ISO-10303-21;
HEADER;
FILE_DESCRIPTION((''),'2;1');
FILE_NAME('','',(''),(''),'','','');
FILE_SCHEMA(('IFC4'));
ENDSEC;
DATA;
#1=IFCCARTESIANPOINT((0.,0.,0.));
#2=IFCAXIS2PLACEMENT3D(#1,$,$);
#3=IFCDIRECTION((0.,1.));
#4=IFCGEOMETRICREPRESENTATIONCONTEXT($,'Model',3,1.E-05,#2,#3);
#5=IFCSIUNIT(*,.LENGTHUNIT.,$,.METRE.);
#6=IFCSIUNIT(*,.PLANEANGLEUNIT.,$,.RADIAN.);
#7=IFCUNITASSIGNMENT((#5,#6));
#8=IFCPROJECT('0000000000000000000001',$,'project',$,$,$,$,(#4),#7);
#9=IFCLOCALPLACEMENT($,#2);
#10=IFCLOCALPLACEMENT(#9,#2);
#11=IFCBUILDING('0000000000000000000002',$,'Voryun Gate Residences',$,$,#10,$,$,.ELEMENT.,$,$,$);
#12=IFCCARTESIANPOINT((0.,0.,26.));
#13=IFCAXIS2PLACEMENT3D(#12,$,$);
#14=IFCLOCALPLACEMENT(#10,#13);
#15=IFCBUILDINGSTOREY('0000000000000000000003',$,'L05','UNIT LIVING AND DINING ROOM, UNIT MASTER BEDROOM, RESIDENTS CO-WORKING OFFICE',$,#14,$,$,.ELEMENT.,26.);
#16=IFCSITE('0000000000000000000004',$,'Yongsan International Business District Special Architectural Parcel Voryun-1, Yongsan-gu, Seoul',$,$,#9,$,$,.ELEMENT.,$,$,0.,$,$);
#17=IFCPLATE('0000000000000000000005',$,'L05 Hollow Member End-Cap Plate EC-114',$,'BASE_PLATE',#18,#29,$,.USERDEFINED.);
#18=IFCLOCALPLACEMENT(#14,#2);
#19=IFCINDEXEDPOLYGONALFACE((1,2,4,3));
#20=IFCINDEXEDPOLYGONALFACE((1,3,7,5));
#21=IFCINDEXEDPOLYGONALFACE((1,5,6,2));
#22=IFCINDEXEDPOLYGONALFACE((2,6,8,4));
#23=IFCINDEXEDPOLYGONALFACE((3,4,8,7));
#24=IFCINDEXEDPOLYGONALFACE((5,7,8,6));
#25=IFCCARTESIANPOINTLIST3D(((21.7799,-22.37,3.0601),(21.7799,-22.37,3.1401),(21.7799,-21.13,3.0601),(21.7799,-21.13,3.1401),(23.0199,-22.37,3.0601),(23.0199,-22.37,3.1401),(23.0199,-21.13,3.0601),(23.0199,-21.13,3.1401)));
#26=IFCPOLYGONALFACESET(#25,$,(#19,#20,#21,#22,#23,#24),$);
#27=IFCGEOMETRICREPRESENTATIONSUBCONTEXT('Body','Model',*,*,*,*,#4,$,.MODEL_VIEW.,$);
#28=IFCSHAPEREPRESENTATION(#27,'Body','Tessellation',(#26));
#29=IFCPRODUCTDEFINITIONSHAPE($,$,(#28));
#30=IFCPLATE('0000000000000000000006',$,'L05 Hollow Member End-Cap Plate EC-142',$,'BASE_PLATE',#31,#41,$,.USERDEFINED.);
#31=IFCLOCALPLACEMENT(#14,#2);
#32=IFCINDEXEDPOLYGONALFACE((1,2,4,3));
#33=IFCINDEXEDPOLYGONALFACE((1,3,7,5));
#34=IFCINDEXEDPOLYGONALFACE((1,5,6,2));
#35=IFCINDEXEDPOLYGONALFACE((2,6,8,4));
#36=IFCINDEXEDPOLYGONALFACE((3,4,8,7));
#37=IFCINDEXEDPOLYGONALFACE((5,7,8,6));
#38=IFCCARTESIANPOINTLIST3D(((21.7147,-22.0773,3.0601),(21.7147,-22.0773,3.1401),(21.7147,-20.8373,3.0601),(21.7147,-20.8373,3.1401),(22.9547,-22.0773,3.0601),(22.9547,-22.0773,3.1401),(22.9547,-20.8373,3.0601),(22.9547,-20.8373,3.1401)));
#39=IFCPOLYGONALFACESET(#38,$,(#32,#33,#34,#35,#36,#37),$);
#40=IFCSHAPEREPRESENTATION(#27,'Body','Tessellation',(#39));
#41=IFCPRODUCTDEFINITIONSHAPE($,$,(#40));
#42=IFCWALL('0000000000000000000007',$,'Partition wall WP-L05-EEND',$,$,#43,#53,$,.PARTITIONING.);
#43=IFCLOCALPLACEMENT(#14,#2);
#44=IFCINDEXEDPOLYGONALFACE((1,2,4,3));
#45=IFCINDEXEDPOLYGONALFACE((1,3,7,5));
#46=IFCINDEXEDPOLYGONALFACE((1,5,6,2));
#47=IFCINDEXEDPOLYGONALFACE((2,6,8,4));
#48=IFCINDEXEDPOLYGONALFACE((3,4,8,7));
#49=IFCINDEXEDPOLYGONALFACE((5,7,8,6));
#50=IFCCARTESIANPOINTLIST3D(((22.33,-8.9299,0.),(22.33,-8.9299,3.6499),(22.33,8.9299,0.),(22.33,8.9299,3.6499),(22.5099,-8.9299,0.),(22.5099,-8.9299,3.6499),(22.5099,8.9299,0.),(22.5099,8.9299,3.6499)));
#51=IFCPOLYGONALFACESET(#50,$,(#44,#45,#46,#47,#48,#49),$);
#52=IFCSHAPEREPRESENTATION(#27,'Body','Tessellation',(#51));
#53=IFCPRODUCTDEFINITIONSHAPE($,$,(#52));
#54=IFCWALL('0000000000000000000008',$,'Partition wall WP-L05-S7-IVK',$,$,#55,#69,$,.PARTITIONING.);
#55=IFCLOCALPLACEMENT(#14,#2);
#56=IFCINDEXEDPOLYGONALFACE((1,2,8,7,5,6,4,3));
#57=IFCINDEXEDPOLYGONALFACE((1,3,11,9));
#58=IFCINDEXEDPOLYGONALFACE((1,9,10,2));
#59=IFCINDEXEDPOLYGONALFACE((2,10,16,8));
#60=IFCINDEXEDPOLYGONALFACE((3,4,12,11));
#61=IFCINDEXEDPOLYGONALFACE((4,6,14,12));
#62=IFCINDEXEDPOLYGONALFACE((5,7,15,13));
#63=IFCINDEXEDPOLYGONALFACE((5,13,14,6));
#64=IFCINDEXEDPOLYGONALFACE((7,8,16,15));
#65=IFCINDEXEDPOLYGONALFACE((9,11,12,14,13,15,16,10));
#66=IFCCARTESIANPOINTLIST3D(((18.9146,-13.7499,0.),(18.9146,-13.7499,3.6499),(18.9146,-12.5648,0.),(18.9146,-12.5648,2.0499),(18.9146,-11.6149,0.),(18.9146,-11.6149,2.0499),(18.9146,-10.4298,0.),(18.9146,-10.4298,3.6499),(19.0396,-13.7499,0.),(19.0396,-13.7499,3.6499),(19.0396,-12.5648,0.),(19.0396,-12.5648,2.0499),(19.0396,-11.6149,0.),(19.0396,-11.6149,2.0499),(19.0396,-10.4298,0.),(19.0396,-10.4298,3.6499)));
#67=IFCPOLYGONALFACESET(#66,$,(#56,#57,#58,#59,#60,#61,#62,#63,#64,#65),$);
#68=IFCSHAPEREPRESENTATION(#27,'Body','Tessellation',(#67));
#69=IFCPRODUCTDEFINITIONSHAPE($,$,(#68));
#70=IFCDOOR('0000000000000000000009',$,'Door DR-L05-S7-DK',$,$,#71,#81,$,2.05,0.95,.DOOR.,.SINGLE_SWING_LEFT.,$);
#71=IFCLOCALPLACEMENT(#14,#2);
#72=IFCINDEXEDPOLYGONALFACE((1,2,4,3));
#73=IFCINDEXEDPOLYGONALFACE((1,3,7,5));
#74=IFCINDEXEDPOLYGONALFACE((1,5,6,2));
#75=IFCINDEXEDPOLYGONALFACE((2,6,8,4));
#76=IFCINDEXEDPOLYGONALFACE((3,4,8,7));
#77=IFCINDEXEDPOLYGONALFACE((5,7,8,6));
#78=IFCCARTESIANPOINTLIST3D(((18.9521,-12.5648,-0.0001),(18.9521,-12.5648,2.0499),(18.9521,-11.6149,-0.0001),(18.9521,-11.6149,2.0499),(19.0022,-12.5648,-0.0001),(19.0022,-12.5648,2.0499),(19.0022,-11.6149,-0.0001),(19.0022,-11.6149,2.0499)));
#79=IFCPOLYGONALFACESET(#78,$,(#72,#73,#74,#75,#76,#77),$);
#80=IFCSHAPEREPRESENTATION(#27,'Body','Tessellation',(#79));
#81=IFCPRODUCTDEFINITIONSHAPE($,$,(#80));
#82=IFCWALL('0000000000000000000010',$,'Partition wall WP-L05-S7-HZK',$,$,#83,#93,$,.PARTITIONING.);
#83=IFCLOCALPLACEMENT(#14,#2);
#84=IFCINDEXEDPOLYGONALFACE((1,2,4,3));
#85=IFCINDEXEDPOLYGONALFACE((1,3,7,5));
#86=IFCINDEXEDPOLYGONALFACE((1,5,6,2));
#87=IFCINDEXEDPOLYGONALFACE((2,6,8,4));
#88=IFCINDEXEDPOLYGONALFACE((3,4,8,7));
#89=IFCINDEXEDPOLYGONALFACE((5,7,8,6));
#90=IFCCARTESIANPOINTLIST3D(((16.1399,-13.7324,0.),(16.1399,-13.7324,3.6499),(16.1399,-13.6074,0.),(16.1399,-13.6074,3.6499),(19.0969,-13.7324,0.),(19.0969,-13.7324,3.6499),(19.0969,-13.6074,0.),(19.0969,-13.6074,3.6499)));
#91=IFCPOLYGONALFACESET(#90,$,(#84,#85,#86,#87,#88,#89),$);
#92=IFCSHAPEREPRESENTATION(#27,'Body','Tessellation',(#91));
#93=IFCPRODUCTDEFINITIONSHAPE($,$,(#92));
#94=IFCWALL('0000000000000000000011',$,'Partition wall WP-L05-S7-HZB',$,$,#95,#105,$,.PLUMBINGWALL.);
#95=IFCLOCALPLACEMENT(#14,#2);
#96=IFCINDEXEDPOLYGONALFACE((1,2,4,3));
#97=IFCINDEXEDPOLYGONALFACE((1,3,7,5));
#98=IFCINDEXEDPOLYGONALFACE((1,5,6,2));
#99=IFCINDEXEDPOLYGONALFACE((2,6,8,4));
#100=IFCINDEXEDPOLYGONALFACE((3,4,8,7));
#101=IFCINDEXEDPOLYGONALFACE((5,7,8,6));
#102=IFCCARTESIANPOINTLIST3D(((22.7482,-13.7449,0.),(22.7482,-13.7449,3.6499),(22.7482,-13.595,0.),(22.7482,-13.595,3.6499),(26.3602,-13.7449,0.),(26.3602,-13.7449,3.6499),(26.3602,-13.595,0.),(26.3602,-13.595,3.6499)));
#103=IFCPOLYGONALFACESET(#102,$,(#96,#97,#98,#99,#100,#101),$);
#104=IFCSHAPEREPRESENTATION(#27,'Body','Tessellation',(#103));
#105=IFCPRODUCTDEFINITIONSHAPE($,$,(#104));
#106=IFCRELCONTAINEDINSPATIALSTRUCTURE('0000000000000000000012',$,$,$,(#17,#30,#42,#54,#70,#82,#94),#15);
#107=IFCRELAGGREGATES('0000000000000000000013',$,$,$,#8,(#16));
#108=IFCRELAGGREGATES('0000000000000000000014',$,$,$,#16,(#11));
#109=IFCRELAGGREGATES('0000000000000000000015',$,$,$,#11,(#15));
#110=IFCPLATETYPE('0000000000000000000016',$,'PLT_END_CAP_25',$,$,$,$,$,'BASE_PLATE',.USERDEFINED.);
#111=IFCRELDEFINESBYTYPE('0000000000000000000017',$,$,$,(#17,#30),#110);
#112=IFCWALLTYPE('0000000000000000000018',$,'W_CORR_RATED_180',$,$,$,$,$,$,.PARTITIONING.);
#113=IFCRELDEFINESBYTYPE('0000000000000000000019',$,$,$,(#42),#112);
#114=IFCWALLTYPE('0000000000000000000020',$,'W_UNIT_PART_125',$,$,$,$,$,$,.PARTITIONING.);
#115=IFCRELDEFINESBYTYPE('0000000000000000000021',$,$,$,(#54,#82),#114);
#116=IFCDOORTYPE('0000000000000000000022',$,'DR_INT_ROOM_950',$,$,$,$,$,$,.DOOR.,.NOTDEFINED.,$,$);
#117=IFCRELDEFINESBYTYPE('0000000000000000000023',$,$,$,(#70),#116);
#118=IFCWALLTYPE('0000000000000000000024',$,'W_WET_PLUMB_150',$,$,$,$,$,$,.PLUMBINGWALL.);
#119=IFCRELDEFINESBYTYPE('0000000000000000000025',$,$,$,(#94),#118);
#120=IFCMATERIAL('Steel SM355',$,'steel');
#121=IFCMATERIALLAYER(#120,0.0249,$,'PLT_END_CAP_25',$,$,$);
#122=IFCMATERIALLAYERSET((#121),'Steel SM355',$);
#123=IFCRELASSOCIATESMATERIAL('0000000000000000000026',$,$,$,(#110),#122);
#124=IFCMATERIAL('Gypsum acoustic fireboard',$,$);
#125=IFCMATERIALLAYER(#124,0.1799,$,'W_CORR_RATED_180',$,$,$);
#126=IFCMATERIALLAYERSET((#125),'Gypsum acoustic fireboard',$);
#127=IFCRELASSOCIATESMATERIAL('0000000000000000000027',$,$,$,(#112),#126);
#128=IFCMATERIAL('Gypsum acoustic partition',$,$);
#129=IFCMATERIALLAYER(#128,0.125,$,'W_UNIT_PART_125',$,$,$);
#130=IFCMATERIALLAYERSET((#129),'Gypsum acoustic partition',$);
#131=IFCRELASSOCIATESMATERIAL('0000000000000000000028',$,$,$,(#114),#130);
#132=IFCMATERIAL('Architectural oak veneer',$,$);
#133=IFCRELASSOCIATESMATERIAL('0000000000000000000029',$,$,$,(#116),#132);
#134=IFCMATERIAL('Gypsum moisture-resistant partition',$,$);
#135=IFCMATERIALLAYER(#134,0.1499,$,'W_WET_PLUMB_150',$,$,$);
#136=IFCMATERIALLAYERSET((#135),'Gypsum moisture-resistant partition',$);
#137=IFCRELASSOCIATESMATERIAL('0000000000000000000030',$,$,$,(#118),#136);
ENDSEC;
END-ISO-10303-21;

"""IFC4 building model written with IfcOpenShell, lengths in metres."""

from ifc_helpers import new_model, si_unit, direction, frame, frame_2d, origin, origin_2d, place, context, subcontext, project, spatial, rectangle, extrude, material, layer, layer_set, type_object, element, fill, save


model = new_model("IFC4")

# Units and contexts
model_context = context("Model", 3, precision=1e-05, world=origin(), true_north=direction((0.0, 1.0)))
body_context = subcontext(model_context, "Body", "Model", "MODEL_VIEW")
ifc_project = project(units=[si_unit("LENGTHUNIT", "METRE"), si_unit("PLANEANGLEUNIT", "RADIAN")], contexts=[model_context])

# Site, building, storey
site_placement = place(None, origin())
site = spatial("IfcSite", under=ifc_project, at=site_placement, Name="Yongsan International Business District Special Architectural Parcel Voryun-1, Yongsan-gu, Seoul", CompositionType="ELEMENT", RefElevation=0.0)
building_placement = place(site_placement, origin())
building = spatial("IfcBuilding", under=site, at=building_placement, Name="Voryun Gate Residences", CompositionType="ELEMENT")
storey_placement = place(building_placement, frame((0.0, 0.0, 26.0)))
storey = spatial("IfcBuildingStorey", under=building, at=storey_placement, Name="L05", Description="UNIT LIVING AND DINING ROOM, UNIT MASTER BEDROOM, RESIDENTS CO-WORKING OFFICE", CompositionType="ELEMENT", Elevation=26.0)

# Plates
ifc_material_1 = material(Name="Steel SM355", Category="steel")
ifc_layer_1 = layer(ifc_material_1, 0.0249, Name="PLT_END_CAP_25")
ifc_layer_set_1 = layer_set([ifc_layer_1], Name="Steel SM355")
plate_type = type_object("IfcPlateType", Name="PLT_END_CAP_25", ElementType="BASE_PLATE", PredefinedType="USERDEFINED", material=ifc_layer_set_1)
for number, where, z_axis, x_axis, name in (
    (1, (22.3999, -21.75, 3.0601), (0.0, 0.0, 1.0), (1.0, 0.0, 0.0), "L05 Hollow Member End-Cap Plate EC-114"),
    (2, (22.3347, -21.4573, 3.0601), (0.0, 0.0, 1.0), (1.0, 0.0, 0.0), "L05 Hollow Member End-Cap Plate EC-142"),
):
    element("IfcPlate", number, at=place(storey_placement, frame(where, z_axis=z_axis, x_axis=x_axis)), inside=storey, type_object=plate_type, Name=name, ObjectType="BASE_PLATE", PredefinedType="USERDEFINED", context=body_context, shape_type="SweptSolid", body=[
        extrude(rectangle(XDim=1.24, YDim=1.24, at=origin_2d()), origin(), (0.0, 0.0, 1.0), 0.0801),
    ])

# Wall
ifc_material_2 = material(Name="Gypsum acoustic fireboard")
ifc_layer_2 = layer(ifc_material_2, 0.1799, Name="W_CORR_RATED_180")
ifc_layer_set_2 = layer_set([ifc_layer_2], Name="Gypsum acoustic fireboard")
wall_type_1 = type_object("IfcWallType", Name="W_CORR_RATED_180", PredefinedType="PARTITIONING", material=ifc_layer_set_2)
wall_1_placement = place(storey_placement, frame((22.4199, -8.9299, 0.0), z_axis=(0.0, 0.0, 1.0), x_axis=(0.0, 1.0, 0.0)))
element("IfcWall", 3, at=wall_1_placement, inside=storey, type_object=wall_type_1, Name="Partition wall WP-L05-EEND", PredefinedType="PARTITIONING", context=body_context, shape_type="SweptSolid", body=[
    extrude(rectangle(XDim=17.8599, YDim=0.1799, at=frame_2d((8.9299, 0.0))), origin(), (0.0, 0.0, 1.0), 3.6499),
])

# Wall, opening, door
ifc_material_3 = material(Name="Gypsum acoustic partition")
ifc_layer_3 = layer(ifc_material_3, 0.125, Name="W_UNIT_PART_125")
ifc_layer_set_3 = layer_set([ifc_layer_3], Name="Gypsum acoustic partition")
wall_type_2 = type_object("IfcWallType", Name="W_UNIT_PART_125", PredefinedType="PARTITIONING", material=ifc_layer_set_3)
wall_2_placement = place(storey_placement, frame((18.9771, -13.75, 0.0), z_axis=(0.0, 0.0, 1.0), x_axis=(0.0, 1.0, 0.0)))
wall_2 = element("IfcWall", 4, at=wall_2_placement, inside=storey, type_object=wall_type_2, Name="Partition wall WP-L05-S7-IVK", PredefinedType="PARTITIONING", context=body_context, shape_type="SweptSolid", body=[
    extrude(rectangle(XDim=3.3201, YDim=0.125, at=frame_2d((1.6602, 0.0))), origin(), (0.0, 0.0, 1.0), 3.6499),
])
opening_placement = place(wall_2_placement, frame((1.1851, 0.0, 0.0)))
opening = element("IfcOpeningElement", 5, at=opening_placement, cuts=wall_2, PredefinedType="OPENING", context=body_context, shape_type="SweptSolid", body=[
    extrude(rectangle(XDim=0.95, YDim=2.05, at=frame_2d((0.4751, 1.0249))), frame((0.0, 0.0725, 0.0), z_axis=(0.0, -1.0, 0.0), x_axis=(1.0, 0.0, 0.0)), (0.0, 0.0, 1.0), 0.145),
])
ifc_material_4 = material(Name="Architectural oak veneer")
door_type = type_object("IfcDoorType", Name="DR_INT_ROOM_950", OperationType="NOTDEFINED", PredefinedType="DOOR", material=ifc_material_4)
door_placement = place(opening_placement, origin())
door = element("IfcDoor", 6, at=door_placement, inside=storey, type_object=door_type, Name="Door DR-L05-S7-DK", OperationType="SINGLE_SWING_LEFT", OverallHeight=2.05, OverallWidth=0.95, PredefinedType="DOOR", context=body_context, shape_type="SweptSolid", body=[
    extrude(rectangle(XDim=0.95, YDim=2.05, at=frame_2d((0.4751, 1.0249))), frame((0.0, 0.0249, 0.0), z_axis=(0.0, -1.0, 0.0), x_axis=(1.0, 0.0, 0.0)), (0.0, 0.0, 1.0), 0.05),
])
fill(opening, door)

# Walls
wall_3_placement = place(storey_placement, frame((16.1399, -13.6699, 0.0), z_axis=(0.0, 0.0, 1.0), x_axis=(1.0, 0.0, 0.0)))
element("IfcWall", 7, at=wall_3_placement, inside=storey, type_object=wall_type_2, Name="Partition wall WP-L05-S7-HZK", PredefinedType="PARTITIONING", context=body_context, shape_type="SweptSolid", body=[
    extrude(rectangle(XDim=2.957, YDim=0.125, at=frame_2d((1.4785, 0.0))), origin(), (0.0, 0.0, 1.0), 3.6499),
])
ifc_material_5 = material(Name="Gypsum moisture-resistant partition")
ifc_layer_4 = layer(ifc_material_5, 0.1499, Name="W_WET_PLUMB_150")
ifc_layer_set_4 = layer_set([ifc_layer_4], Name="Gypsum moisture-resistant partition")
wall_type_3 = type_object("IfcWallType", Name="W_WET_PLUMB_150", PredefinedType="PLUMBINGWALL", material=ifc_layer_set_4)
wall_4_placement = place(storey_placement, frame((22.748, -13.6699, 0.0), z_axis=(0.0, 0.0, 1.0), x_axis=(1.0, 0.0, 0.0)))
element("IfcWall", 8, at=wall_4_placement, inside=storey, type_object=wall_type_3, Name="Partition wall WP-L05-S7-HZB", PredefinedType="PLUMBINGWALL", context=body_context, shape_type="SweptSolid", body=[
    extrude(rectangle(XDim=3.6121, YDim=0.1499, at=frame_2d((1.8062, 0.0))), origin(), (0.0, 0.0, 1.0), 3.6499),
])

save(model, "model.ifc")
